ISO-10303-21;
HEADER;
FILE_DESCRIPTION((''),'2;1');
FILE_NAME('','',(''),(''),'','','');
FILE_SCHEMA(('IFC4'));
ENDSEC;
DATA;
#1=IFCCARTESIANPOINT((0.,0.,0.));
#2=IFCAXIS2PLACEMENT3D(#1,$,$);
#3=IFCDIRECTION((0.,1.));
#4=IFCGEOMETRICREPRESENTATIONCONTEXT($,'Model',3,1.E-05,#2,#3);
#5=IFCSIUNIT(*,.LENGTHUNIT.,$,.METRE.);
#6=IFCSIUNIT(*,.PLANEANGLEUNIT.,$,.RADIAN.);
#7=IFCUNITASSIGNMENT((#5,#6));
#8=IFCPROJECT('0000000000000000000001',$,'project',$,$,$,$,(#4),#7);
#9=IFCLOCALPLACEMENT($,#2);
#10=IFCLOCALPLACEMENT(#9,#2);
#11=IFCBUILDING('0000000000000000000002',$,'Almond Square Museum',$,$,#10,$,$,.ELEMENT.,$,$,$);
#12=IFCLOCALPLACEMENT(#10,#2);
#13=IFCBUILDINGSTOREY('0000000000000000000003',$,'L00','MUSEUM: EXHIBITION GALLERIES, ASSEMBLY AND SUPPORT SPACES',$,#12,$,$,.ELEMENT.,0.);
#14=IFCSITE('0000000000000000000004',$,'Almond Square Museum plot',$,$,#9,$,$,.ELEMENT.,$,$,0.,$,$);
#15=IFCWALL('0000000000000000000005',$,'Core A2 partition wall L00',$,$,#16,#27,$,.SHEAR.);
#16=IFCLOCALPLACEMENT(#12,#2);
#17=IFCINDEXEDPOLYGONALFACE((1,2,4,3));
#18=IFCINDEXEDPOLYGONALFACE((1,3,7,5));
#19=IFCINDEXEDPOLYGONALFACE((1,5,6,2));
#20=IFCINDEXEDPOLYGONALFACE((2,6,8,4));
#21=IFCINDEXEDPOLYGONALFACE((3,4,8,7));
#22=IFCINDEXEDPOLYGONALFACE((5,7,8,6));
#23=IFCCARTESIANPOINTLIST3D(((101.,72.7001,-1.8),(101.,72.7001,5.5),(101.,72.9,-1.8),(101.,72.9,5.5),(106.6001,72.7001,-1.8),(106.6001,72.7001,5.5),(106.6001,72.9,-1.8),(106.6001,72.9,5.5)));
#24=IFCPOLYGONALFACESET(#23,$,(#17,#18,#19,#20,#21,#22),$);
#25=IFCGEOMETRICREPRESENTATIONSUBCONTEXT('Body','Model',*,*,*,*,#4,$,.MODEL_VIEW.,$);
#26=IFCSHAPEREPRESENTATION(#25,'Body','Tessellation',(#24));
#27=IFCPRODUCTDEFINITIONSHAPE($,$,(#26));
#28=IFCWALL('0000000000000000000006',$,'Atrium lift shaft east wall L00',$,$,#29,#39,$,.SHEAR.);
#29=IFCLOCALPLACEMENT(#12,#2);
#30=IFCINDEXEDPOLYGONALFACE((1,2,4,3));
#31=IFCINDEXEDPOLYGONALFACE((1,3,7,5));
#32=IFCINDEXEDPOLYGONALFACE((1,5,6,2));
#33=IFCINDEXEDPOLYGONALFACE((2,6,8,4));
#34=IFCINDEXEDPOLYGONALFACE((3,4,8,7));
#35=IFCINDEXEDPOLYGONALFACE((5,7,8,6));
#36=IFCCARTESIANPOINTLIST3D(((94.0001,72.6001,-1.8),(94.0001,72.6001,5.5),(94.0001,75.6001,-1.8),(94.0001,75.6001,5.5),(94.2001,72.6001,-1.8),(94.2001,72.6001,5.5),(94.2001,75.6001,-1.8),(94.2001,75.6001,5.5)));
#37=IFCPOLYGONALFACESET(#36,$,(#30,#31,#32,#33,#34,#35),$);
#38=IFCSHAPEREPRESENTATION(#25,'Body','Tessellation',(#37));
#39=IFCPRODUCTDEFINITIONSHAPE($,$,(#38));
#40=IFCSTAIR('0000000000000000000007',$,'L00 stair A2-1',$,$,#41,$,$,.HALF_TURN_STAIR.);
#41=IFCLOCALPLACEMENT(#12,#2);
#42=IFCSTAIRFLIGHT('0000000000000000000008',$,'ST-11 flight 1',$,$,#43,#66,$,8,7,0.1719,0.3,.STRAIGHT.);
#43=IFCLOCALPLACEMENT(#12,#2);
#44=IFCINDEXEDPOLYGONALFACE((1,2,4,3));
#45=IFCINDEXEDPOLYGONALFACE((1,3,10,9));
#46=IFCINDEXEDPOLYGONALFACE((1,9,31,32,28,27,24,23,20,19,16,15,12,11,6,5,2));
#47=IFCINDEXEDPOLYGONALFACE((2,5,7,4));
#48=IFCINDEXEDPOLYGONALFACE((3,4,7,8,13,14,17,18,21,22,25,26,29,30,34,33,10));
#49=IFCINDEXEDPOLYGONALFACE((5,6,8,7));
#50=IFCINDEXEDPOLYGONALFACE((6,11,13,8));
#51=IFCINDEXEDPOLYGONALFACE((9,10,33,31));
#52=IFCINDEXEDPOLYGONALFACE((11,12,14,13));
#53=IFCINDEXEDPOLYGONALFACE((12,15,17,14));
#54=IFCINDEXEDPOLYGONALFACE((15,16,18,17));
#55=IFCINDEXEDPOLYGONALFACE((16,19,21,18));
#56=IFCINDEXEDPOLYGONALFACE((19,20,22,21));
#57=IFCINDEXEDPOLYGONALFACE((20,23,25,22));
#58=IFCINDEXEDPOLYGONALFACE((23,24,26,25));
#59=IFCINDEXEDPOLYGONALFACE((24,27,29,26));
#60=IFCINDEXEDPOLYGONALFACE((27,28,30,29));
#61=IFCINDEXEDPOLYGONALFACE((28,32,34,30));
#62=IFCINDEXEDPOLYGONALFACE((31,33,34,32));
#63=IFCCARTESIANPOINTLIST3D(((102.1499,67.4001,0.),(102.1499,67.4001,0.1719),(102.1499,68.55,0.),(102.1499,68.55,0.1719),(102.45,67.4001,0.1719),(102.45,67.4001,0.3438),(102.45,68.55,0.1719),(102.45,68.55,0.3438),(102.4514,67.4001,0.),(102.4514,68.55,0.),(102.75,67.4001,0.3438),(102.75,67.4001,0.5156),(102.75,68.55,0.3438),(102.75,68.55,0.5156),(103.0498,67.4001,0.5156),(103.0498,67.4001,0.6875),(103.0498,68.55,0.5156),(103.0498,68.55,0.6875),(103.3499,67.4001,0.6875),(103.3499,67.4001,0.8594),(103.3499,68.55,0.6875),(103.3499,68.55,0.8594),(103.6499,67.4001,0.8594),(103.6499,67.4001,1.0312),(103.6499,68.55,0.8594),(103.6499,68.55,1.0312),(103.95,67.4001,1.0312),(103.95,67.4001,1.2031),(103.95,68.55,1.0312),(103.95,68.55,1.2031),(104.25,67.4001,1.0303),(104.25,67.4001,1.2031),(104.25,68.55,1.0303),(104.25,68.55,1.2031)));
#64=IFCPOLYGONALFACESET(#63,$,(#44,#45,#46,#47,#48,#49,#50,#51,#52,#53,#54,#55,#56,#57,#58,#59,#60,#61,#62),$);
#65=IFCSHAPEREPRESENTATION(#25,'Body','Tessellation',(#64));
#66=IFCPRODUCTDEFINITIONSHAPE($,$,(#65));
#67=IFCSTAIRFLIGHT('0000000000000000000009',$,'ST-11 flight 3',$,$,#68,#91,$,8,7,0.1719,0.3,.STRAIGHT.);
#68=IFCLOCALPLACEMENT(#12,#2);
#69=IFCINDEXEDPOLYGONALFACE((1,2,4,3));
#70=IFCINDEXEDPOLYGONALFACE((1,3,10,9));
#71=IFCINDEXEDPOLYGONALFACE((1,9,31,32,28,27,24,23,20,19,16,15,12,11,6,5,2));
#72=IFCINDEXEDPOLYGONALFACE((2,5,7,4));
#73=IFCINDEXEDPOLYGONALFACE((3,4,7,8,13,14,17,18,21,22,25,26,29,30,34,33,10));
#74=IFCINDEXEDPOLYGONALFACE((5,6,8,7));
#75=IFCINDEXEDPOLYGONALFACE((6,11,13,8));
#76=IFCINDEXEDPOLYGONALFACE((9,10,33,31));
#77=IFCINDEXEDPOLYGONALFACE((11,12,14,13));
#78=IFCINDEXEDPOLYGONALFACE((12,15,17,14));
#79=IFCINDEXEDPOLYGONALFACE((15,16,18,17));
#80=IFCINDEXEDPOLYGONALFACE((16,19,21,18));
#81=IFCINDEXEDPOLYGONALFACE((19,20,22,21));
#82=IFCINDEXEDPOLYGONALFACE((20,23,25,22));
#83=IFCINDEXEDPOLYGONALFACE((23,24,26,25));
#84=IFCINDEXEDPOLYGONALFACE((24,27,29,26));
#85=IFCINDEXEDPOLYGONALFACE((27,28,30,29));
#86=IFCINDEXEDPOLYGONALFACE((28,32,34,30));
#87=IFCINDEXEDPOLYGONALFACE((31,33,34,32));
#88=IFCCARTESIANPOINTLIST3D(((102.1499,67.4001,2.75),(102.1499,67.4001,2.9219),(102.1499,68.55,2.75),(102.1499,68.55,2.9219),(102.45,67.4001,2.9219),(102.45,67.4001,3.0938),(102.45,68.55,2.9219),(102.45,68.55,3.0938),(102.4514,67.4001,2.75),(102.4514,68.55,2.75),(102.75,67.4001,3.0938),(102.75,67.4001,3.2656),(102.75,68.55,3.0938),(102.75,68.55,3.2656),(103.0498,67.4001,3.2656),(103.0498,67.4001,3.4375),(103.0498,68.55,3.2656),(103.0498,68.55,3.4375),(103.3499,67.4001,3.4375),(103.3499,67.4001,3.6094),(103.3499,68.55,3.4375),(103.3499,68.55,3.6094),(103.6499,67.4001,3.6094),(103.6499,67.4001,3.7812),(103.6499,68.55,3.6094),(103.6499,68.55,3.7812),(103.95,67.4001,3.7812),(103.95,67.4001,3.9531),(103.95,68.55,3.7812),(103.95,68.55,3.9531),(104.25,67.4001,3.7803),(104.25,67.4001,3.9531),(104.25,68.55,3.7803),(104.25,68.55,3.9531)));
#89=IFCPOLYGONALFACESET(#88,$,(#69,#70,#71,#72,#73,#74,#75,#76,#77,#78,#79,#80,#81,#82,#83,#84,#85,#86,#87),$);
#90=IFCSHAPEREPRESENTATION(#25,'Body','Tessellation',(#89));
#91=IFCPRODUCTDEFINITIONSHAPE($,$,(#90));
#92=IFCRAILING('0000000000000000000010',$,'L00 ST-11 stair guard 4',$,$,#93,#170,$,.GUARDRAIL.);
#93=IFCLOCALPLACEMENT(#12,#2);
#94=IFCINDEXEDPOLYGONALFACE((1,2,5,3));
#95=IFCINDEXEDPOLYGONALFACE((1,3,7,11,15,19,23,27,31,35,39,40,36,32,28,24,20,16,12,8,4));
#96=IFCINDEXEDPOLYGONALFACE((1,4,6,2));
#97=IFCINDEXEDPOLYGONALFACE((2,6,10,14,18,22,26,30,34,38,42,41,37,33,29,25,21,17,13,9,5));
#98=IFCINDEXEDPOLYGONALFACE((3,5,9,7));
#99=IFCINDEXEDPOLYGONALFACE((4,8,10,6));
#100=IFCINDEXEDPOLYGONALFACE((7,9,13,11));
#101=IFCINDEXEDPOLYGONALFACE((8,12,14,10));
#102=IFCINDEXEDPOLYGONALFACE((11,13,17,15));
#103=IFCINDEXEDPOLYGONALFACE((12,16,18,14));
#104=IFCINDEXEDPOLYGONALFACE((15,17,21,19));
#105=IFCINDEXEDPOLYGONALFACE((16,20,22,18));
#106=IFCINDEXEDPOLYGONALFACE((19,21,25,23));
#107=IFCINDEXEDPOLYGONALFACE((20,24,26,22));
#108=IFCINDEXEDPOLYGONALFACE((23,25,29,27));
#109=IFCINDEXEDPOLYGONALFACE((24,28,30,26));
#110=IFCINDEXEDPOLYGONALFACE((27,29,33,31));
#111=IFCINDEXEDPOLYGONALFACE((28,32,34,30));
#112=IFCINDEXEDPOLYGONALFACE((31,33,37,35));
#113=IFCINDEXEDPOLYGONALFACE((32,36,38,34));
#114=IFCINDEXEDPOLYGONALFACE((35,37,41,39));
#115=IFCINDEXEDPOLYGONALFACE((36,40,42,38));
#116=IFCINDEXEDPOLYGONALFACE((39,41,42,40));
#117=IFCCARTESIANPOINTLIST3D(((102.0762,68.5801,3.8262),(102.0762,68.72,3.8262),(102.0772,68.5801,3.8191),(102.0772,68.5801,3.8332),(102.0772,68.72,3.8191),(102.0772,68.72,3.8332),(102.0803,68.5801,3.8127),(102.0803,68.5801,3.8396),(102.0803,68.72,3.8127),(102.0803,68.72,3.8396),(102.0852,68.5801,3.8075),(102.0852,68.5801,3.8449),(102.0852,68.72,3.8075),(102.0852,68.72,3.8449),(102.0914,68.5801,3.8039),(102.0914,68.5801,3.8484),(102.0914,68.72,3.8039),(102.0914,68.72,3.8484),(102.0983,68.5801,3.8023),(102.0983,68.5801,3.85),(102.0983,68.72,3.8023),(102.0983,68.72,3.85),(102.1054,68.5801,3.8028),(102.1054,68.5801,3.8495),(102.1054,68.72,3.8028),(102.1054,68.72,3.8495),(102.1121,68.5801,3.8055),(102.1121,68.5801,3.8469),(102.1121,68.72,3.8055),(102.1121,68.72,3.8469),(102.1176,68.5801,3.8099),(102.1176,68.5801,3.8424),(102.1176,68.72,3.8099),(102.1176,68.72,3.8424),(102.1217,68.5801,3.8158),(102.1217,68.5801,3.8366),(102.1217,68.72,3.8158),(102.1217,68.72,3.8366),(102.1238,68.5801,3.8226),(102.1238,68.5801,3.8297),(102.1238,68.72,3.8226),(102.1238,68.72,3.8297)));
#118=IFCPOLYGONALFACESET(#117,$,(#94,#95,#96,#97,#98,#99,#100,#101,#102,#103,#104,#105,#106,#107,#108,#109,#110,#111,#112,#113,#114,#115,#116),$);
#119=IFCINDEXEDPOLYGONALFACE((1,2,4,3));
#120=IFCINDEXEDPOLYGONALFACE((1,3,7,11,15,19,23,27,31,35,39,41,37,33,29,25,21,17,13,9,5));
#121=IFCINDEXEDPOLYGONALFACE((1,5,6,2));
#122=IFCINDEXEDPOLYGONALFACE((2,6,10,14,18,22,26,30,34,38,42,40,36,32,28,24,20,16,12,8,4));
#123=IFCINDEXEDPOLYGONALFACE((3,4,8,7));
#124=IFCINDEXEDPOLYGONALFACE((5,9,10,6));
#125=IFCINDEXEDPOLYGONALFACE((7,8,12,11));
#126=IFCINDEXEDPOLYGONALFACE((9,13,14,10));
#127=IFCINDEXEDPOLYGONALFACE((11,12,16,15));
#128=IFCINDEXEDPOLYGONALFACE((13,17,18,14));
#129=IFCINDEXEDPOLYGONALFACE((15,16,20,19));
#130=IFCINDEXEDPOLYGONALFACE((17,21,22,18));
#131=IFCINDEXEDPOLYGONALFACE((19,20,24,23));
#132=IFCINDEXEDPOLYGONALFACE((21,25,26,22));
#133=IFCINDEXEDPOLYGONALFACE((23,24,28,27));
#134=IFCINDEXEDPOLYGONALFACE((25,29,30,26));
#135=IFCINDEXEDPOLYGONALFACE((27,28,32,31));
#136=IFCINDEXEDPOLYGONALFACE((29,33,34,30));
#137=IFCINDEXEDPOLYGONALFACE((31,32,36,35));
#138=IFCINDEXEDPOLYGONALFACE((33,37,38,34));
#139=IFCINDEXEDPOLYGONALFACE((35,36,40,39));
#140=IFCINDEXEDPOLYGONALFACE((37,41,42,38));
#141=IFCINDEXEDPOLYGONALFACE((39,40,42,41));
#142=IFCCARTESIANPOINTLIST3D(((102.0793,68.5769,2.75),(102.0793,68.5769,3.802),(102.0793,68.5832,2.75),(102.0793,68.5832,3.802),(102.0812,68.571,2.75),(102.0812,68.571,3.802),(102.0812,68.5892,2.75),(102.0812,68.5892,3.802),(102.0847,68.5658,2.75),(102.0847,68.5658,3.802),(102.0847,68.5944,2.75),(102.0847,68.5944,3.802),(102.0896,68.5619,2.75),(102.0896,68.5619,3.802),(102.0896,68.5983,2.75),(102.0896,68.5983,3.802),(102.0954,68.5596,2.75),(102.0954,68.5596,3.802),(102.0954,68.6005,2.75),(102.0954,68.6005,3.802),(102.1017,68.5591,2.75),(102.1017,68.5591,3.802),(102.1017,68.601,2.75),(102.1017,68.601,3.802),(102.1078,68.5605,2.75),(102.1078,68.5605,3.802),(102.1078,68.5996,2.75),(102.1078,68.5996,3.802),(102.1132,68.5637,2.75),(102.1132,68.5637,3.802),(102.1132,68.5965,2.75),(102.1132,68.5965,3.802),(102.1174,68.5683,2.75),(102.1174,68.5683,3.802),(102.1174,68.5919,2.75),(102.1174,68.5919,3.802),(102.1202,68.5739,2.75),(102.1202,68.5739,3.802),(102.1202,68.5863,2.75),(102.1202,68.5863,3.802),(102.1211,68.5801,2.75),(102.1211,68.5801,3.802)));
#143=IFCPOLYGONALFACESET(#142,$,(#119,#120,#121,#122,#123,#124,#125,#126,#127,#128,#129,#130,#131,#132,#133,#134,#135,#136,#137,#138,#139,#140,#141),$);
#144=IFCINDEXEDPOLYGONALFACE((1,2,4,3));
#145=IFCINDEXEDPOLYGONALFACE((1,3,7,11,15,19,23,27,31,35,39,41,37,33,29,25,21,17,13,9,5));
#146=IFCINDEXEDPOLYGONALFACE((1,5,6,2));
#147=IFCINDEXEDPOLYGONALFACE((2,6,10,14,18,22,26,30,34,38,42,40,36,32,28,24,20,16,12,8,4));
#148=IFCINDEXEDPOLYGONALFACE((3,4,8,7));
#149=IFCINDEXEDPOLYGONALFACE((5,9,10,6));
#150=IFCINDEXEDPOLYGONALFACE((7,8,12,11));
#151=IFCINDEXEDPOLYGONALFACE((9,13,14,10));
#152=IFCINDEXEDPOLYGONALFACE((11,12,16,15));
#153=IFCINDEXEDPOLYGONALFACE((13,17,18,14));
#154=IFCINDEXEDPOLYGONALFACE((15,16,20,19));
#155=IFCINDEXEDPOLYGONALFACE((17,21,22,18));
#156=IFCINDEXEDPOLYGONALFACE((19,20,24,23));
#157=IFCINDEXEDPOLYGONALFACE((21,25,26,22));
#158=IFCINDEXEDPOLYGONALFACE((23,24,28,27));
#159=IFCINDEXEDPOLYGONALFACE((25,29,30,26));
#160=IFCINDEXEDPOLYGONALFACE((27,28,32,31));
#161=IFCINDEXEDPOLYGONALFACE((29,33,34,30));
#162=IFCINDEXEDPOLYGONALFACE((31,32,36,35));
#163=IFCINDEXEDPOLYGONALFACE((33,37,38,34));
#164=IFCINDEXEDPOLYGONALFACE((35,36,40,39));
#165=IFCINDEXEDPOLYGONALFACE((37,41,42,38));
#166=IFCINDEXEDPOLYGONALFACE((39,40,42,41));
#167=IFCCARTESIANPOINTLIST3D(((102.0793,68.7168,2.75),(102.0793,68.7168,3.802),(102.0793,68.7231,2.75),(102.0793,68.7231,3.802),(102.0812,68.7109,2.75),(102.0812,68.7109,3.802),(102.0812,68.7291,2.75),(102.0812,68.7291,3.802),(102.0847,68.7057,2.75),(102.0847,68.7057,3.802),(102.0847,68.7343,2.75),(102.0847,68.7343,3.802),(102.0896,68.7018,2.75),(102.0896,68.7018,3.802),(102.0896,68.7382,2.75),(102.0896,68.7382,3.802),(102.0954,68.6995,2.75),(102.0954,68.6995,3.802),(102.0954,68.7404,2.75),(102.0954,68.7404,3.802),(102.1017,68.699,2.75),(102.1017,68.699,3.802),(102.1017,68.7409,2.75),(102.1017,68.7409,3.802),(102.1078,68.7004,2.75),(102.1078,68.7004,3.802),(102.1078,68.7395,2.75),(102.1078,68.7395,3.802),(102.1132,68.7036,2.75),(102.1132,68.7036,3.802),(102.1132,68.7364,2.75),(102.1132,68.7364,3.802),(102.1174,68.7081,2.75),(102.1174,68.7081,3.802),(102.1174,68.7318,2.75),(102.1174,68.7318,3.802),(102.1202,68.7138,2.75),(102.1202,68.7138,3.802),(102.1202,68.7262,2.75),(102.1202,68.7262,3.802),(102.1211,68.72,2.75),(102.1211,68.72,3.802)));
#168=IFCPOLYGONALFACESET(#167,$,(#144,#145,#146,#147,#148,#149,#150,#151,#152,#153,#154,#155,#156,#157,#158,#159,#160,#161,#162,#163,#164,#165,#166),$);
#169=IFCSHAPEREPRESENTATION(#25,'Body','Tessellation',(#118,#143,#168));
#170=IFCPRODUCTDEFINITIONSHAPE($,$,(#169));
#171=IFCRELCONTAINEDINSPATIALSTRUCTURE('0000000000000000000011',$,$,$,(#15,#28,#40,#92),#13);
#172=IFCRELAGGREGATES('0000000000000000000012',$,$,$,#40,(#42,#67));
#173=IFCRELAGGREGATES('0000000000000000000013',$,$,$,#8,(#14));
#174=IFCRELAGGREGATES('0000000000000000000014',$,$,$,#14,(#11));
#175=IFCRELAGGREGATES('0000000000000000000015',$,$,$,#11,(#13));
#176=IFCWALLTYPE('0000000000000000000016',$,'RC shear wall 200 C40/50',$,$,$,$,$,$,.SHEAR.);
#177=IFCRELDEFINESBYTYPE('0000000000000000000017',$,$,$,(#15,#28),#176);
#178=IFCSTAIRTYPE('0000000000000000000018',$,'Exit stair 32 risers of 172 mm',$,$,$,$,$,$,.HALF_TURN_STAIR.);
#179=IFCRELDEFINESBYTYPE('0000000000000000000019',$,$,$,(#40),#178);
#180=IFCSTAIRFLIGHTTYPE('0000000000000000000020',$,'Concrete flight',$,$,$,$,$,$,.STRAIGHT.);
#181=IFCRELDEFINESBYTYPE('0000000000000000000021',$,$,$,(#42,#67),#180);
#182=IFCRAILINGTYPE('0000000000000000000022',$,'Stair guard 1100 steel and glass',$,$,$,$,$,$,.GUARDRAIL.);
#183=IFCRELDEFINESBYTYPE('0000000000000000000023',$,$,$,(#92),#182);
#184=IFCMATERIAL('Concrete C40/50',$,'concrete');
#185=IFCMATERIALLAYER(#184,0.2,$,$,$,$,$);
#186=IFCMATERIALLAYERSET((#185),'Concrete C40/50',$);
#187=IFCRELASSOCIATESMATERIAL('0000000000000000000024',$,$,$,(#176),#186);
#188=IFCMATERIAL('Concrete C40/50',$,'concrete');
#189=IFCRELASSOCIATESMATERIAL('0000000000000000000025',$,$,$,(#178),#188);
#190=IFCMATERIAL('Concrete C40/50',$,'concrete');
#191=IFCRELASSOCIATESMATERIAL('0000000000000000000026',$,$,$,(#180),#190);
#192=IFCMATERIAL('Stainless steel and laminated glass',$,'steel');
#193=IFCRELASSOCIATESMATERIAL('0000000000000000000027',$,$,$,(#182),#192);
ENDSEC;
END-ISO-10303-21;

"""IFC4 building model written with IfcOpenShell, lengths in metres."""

from ifc_helpers import new_model, si_unit, direction, frame, frame_2d, origin, origin_2d, place, context, subcontext, project, spatial, polyline, rectangle, circle, outline, extrude, material, layer, layer_set, type_object, element, aggregate, save


model = new_model("IFC4")

# Units and contexts
model_context = context("Model", 3, precision=1e-05, world=origin(), true_north=direction((0.0, 1.0)))
body_context = subcontext(model_context, "Body", "Model", "MODEL_VIEW")
ifc_project = project(units=[si_unit("LENGTHUNIT", "METRE"), si_unit("PLANEANGLEUNIT", "RADIAN")], contexts=[model_context])

# Site, building, storey
site_placement = place(None, origin())
site = spatial("IfcSite", under=ifc_project, at=site_placement, Name="Almond Square Museum plot", CompositionType="ELEMENT", RefElevation=0.0)
building_placement = place(site_placement, origin())
building = spatial("IfcBuilding", under=site, at=building_placement, Name="Almond Square Museum", CompositionType="ELEMENT")
storey_placement = place(building_placement, origin())
storey = spatial("IfcBuildingStorey", under=building, at=storey_placement, Name="L00", Description="MUSEUM: EXHIBITION GALLERIES, ASSEMBLY AND SUPPORT SPACES", CompositionType="ELEMENT", Elevation=0.0)

# Shared definitions
ifc_material_1 = material(Name="Concrete C40/50", Category="concrete")
ifc_layer_1 = layer(ifc_material_1, 0.2)
ifc_layer_set_1 = layer_set([ifc_layer_1], Name="Concrete C40/50")
wall_type_1 = type_object("IfcWallType", Name="RC shear wall 200 C40/50", PredefinedType="SHEAR", material=ifc_layer_set_1)

# Walls
for number, where, z_axis, x_axis, name in (
    (1, (101.0, 72.8, -1.8), (0.0, 0.0, 1.0), (1.0, 0.0, 0.0), "Core A2 partition wall L00"),
):
    element("IfcWall", number, at=place(storey_placement, frame(where, z_axis=z_axis, x_axis=x_axis)), inside=storey, type_object=wall_type_1, Name=name, PredefinedType="SHEAR", context=body_context, shape_type="SweptSolid", body=[
        extrude(rectangle(XDim=5.6001, YDim=0.2, at=frame_2d((2.8, 0.0))), origin(), (0.0, 0.0, 1.0), 7.3),
    ])
wall_1_placement = place(storey_placement, frame((94.1001, 72.6001, -1.8), z_axis=(0.0, 0.0, 1.0), x_axis=(0.0, 1.0, 0.0)))
element("IfcWall", 2, at=wall_1_placement, inside=storey, type_object=wall_type_1, Name="Atrium lift shaft east wall L00", PredefinedType="SHEAR", context=body_context, shape_type="SweptSolid", body=[
    extrude(rectangle(XDim=3.0, YDim=0.2, at=frame_2d((1.5, 0.0))), origin(), (0.0, 0.0, 1.0), 7.3),
])

# Stair, stair flights
ifc_material_2 = material(Name="Concrete C40/50", Category="concrete")
stair_type = type_object("IfcStairType", Name="Exit stair 32 risers of 172 mm", PredefinedType="HALF_TURN_STAIR", material=ifc_material_2)
stair_placement = place(storey_placement, origin())
stair = element("IfcStair", 3, at=stair_placement, inside=storey, type_object=stair_type, Name="L00 stair A2-1", PredefinedType="HALF_TURN_STAIR")
ifc_material_3 = material(Name="Concrete C40/50", Category="concrete")
stair_flight_type = type_object("IfcStairFlightType", Name="Concrete flight", PredefinedType="STRAIGHT", material=ifc_material_3)
stair_flight_1_placement = place(storey_placement, frame((102.1499, 67.9751, 0.0), z_axis=(0.0, 0.0, 1.0), x_axis=(1.0, 0.0, 0.0)))
stair_flight_1 = element("IfcStairFlight", 4, at=stair_flight_1_placement, type_object=stair_flight_type, Name="ST-11 flight 1", NumberOfRisers=8, NumberOfTreads=7, PredefinedType="STRAIGHT", RiserHeight=0.1719, TreadLength=0.3, context=body_context, shape_type="SweptSolid", body=[
    extrude(outline(polyline([(0.0, 0.0), (0.0, 0.1719), (0.3, 0.1719), (0.3, 0.3438), (0.6001, 0.3438), (0.6001, 0.5156), (0.8999, 0.5156), (0.8999, 0.6875), (1.2, 0.6875), (1.2, 0.8594), (1.5, 0.8594), (1.5, 1.0312), (1.8, 1.0312), (1.8, 1.2031), (2.1001, 1.2031), (2.1001, 1.375), (2.1001, 1.0303), (0.3015, 0.0), (0.0, 0.0)])), frame((0.0, 0.575, 0.0), z_axis=(0.0, -1.0, 0.0), x_axis=(1.0, 0.0, 0.0)), (0.0, 0.0, 1.0), 1.1499),
])
stair_flight_2_placement = place(storey_placement, frame((102.1499, 67.9751, 2.75), z_axis=(0.0, 0.0, 1.0), x_axis=(1.0, 0.0, 0.0)))
stair_flight_2 = element("IfcStairFlight", 5, at=stair_flight_2_placement, type_object=stair_flight_type, Name="ST-11 flight 3", NumberOfRisers=8, NumberOfTreads=7, PredefinedType="STRAIGHT", RiserHeight=0.1719, TreadLength=0.3, context=body_context, shape_type="SweptSolid", body=[
    extrude(outline(polyline([(0.0, 0.0), (0.0, 0.1719), (0.3, 0.1719), (0.3, 0.3438), (0.6001, 0.3438), (0.6001, 0.5156), (0.8999, 0.5156), (0.8999, 0.6875), (1.2, 0.6875), (1.2, 0.8594), (1.5, 0.8594), (1.5, 1.0312), (1.8, 1.0312), (1.8, 1.2031), (2.1001, 1.2031), (2.1001, 1.375), (2.1001, 1.0303), (0.3015, 0.0), (0.0, 0.0)])), frame((0.0, 0.575, 0.0), z_axis=(0.0, -1.0, 0.0), x_axis=(1.0, 0.0, 0.0)), (0.0, 0.0, 1.0), 1.1499),
])
aggregate(stair, [stair_flight_1, stair_flight_2])

# Railing
ifc_material_4 = material(Name="Stainless steel and laminated glass", Category="steel")
railing_type_1 = type_object("IfcRailingType", Name="Stair guard 1100 steel and glass", PredefinedType="GUARDRAIL", material=ifc_material_4)
for number, where, name in (
    (6, (102.1001, 68.5801, 2.75), "L00 ST-11 stair guard 4"),
):
    element("IfcRailing", number, at=place(storey_placement, frame(where)), inside=storey, type_object=railing_type_1, Name=name, PredefinedType="GUARDRAIL", context=body_context, shape_type="SweptSolid", body=[
        extrude(circle(Radius=0.0239, at=origin_2d()), frame((0.0, 0.0, 1.0762), z_axis=(0.0, 1.0, 0.0), x_axis=(-1.0, 0.0, 0.0)), (0.0, 0.0, 1.0), 0.1399),
        extrude(circle(Radius=0.021, at=origin_2d()), origin(), (0.0, 0.0, 1.0), 1.052),
        extrude(circle(Radius=0.021, at=origin_2d()), frame((0.0, 0.1399, 0.0)), (0.0, 0.0, 1.0), 1.052),
    ])

save(model, "model.ifc")
